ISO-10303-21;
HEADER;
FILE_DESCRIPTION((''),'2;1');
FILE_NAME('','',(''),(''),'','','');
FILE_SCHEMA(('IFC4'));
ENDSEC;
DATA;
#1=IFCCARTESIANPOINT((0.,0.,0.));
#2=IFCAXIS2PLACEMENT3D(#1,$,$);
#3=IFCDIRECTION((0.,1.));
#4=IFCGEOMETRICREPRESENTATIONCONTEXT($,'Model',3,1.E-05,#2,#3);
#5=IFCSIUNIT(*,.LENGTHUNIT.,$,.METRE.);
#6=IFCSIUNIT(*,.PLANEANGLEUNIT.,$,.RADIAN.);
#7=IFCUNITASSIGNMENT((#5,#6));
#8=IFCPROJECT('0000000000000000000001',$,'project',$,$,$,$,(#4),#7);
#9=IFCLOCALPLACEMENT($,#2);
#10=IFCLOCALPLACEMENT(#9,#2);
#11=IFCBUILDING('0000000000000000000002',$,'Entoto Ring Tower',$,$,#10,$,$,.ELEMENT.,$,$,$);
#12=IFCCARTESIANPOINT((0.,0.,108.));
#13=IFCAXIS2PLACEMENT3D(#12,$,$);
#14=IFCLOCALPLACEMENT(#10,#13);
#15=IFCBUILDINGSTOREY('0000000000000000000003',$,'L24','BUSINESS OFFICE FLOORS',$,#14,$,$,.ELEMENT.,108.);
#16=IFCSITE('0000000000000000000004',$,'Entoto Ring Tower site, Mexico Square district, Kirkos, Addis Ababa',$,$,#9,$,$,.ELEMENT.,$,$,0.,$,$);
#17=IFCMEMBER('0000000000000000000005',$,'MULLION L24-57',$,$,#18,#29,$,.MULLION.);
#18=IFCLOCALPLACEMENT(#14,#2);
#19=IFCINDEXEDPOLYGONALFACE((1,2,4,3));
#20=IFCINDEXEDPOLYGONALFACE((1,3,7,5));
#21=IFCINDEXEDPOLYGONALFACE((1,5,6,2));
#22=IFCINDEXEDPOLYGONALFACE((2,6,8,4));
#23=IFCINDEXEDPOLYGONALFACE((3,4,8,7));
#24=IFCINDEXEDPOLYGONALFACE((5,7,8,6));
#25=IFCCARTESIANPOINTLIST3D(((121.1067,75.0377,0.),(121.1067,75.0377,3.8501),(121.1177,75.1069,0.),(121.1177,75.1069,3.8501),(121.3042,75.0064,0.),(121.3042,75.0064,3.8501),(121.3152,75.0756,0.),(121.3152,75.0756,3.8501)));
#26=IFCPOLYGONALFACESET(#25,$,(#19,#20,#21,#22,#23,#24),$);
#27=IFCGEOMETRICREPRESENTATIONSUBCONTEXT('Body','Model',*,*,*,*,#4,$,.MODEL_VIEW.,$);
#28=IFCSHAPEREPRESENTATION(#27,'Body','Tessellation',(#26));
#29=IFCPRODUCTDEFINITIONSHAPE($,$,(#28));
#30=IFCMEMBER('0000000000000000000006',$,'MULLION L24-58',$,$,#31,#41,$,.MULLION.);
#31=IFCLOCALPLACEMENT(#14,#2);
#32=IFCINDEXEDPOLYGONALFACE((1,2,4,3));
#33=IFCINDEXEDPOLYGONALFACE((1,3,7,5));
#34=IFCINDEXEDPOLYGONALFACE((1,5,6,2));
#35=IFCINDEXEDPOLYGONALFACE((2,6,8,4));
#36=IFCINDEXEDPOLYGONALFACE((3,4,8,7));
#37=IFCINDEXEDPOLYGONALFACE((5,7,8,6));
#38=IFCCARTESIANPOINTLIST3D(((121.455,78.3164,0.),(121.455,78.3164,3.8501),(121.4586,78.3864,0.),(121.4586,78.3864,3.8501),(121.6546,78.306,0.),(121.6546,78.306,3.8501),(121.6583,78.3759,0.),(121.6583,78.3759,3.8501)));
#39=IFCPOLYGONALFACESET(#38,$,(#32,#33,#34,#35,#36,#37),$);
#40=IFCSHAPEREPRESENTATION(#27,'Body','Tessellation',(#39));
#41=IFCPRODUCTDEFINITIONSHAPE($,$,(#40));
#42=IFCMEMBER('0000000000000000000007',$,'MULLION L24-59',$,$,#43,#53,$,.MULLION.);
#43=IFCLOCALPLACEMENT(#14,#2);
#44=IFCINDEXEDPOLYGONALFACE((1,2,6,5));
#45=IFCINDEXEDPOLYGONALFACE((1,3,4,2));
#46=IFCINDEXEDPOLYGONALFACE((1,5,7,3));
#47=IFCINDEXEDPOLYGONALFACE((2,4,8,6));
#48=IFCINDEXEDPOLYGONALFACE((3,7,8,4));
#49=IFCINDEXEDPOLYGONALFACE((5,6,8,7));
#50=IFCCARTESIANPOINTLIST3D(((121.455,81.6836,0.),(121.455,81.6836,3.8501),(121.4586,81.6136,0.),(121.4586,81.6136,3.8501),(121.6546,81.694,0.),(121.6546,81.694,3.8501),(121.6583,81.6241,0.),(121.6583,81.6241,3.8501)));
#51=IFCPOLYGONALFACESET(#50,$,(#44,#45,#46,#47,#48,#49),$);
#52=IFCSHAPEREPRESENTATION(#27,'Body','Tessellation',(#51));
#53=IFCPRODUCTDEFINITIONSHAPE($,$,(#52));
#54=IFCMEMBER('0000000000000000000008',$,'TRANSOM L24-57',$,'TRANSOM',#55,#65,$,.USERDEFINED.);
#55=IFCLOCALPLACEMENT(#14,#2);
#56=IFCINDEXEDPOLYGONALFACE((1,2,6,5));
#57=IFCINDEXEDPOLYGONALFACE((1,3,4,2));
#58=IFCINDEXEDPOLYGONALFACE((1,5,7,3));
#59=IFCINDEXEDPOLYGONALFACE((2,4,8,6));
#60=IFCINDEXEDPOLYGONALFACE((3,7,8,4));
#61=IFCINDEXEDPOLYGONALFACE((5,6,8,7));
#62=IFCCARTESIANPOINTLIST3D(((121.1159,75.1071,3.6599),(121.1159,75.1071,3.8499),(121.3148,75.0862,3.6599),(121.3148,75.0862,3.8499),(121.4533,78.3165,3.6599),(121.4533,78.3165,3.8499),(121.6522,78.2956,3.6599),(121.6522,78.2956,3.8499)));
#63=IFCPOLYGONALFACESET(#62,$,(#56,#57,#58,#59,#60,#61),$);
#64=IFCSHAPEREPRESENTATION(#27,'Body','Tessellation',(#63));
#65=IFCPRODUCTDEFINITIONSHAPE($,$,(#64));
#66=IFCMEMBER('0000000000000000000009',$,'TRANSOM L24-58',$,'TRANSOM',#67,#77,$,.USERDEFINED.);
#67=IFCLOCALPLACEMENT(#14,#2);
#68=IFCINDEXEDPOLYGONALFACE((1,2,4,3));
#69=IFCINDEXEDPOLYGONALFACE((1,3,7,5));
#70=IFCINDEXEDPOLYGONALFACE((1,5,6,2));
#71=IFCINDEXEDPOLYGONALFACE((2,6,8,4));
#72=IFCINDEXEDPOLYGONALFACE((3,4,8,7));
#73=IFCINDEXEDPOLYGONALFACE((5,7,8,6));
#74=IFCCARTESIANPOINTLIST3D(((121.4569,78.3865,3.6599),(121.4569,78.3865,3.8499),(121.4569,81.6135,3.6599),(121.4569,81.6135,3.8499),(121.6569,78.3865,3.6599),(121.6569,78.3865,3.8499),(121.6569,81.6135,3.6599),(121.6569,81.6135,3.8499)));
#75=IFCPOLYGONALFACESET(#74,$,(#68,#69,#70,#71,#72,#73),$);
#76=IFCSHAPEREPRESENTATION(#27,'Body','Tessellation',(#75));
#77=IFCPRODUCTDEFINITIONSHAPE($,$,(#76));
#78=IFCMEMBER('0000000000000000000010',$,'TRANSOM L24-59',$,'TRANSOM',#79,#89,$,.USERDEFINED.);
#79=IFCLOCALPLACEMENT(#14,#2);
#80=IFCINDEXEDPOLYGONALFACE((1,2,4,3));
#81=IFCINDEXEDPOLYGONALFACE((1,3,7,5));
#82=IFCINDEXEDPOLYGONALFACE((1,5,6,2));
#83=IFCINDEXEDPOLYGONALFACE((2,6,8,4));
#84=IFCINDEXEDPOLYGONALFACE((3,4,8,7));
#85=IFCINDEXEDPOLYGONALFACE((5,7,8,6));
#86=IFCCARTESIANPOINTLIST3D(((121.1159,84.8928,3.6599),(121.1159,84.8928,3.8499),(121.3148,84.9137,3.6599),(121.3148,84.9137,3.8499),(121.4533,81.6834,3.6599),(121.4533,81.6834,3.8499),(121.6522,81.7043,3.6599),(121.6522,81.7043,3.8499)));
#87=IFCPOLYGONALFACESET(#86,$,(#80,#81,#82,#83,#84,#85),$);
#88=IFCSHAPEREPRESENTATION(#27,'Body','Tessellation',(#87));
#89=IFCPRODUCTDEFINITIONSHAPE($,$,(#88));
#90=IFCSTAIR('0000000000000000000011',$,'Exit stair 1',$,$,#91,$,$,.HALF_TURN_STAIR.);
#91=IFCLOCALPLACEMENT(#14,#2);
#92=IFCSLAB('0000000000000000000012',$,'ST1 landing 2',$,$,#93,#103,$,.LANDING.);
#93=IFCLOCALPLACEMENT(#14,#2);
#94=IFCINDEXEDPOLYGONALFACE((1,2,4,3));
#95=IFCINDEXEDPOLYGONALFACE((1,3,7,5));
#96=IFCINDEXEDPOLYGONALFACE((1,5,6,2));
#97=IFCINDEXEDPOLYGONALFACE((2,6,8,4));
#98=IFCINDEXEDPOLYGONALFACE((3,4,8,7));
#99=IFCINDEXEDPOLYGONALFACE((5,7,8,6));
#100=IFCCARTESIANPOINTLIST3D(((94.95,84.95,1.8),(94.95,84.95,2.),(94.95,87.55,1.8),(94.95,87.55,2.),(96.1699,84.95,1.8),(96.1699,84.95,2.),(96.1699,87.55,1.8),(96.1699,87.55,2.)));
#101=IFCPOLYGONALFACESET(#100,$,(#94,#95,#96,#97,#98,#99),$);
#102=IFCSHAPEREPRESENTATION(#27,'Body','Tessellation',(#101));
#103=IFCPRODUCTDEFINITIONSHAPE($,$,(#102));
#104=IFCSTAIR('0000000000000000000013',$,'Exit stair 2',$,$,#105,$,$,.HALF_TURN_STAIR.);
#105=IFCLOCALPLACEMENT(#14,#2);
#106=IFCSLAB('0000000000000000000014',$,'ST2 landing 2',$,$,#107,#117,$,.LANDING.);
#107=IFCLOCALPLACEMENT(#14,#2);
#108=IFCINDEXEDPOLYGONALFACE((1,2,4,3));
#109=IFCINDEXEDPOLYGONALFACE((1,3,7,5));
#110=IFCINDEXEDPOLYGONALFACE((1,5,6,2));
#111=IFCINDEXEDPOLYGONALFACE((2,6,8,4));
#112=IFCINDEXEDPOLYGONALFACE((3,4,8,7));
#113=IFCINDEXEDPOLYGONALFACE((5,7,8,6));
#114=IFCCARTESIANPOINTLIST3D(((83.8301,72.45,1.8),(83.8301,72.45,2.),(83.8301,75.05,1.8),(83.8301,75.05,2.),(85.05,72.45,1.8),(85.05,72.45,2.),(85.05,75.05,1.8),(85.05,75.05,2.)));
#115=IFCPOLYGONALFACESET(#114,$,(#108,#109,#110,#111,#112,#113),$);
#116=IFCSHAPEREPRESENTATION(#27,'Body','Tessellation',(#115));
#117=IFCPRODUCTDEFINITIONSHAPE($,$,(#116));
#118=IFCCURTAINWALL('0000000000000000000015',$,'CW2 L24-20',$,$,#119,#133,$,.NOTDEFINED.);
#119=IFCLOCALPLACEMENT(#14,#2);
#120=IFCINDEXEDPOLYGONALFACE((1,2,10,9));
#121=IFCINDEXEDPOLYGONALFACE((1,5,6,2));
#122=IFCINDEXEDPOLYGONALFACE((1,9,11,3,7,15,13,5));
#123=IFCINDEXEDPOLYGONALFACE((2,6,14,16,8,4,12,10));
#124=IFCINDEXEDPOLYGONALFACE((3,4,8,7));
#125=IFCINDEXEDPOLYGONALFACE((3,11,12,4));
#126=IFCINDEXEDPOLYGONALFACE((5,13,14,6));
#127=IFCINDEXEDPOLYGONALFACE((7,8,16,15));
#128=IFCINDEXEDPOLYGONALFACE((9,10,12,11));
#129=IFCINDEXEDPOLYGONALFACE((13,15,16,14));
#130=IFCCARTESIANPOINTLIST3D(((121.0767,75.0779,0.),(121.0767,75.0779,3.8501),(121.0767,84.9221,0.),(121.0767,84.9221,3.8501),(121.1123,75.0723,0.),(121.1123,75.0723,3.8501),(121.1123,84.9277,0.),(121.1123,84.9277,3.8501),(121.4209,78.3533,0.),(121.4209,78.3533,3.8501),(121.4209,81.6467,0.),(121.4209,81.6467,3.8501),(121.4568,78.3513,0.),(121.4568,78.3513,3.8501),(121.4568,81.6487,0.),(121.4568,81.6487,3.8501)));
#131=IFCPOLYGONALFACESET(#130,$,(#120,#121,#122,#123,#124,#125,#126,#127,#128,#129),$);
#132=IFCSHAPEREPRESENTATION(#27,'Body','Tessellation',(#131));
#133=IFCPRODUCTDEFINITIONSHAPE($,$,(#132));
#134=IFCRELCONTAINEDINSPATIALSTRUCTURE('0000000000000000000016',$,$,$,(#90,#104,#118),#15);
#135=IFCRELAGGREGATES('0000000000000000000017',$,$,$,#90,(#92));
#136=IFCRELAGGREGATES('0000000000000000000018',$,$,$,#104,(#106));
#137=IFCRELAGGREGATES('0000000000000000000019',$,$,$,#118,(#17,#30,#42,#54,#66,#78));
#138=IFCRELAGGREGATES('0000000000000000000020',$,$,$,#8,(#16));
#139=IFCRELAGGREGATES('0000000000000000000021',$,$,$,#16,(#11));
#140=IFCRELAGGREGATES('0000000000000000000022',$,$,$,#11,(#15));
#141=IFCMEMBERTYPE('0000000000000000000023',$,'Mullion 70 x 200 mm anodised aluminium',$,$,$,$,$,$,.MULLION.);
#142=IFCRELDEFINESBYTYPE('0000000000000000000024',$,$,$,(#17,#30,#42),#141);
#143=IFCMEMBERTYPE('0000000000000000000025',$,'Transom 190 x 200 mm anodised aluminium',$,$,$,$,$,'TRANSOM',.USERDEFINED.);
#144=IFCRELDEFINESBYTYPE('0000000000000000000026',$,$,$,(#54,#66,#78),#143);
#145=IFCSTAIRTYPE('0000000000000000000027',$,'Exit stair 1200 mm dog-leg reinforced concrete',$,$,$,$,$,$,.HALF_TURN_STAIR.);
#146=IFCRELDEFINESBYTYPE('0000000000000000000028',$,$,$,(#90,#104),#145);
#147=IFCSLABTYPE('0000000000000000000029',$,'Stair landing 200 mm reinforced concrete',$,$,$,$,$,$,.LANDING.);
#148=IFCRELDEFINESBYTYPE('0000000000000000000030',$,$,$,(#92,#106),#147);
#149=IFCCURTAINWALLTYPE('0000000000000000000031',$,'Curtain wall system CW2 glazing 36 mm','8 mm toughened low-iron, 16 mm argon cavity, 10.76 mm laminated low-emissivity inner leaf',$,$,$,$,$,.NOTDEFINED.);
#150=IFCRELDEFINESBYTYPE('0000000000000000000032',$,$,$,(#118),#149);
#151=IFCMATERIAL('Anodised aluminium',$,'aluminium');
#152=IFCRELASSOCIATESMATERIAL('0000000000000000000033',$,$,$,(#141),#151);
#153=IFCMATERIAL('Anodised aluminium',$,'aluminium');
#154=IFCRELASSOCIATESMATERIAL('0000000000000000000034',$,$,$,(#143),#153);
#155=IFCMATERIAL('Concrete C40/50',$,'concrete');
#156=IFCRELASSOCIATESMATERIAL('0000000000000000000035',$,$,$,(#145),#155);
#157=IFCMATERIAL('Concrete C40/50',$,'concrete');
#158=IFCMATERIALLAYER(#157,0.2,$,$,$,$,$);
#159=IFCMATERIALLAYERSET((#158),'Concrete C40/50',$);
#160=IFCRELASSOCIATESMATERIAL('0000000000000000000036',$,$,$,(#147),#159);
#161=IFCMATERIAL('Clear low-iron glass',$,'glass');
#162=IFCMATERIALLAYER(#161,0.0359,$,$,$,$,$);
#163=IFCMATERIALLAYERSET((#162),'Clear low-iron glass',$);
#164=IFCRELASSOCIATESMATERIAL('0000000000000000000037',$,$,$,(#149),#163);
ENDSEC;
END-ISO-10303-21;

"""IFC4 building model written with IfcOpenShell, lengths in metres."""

from ifc_helpers import new_model, si_unit, direction, frame, origin, origin_2d, place, context, subcontext, project, spatial, polyline, rectangle, outline, extrude, material, layer, layer_set, material_profile, profile_set, type_object, element, aggregate, save


model = new_model("IFC4")

# Units and contexts
model_context = context("Model", 3, precision=1e-05, world=origin(), true_north=direction((0.0, 1.0)))
body_context = subcontext(model_context, "Body", "Model", "MODEL_VIEW")
ifc_project = project(units=[si_unit("LENGTHUNIT", "METRE"), si_unit("PLANEANGLEUNIT", "RADIAN")], contexts=[model_context])

# Members
ifc_material_1 = material(Name="Anodised aluminium", Category="aluminium")
ifc_material_profile_1 = material_profile(ifc_material_1, rectangle(XDim=0.0701, YDim=0.2, at=origin_2d()), Name="Mullion 70 x 200 mm anodised aluminium")
ifc_profile_set_1 = profile_set([ifc_material_profile_1], Name="Anodised aluminium")
member_type_1 = type_object("IfcMemberType", Name="Mullion 70 x 200 mm anodised aluminium", PredefinedType="MULLION", material=ifc_profile_set_1)
site_placement = place(None, origin())
building_placement = place(site_placement, origin())
storey_placement = place(building_placement, frame((0.0, 0.0, 108.0)))
member_1_placement = place(storey_placement, frame((121.2109, 75.0566, 0.0), z_axis=(0.0, 0.0, 1.0), x_axis=(0.156434, 0.987688, 0.0)))
member_1 = element("IfcMember", 1, at=member_1_placement, type_object=member_type_1, Name="MULLION L24-57", PredefinedType="MULLION", context=body_context, shape_type="SweptSolid", body=[
    extrude(rectangle(XDim=0.0701, YDim=0.2, at=origin_2d()), origin(), (0.0, 0.0, 1.0), 3.8501),
])
member_2_placement = place(storey_placement, frame((121.5566, 78.3462, 0.0), z_axis=(0.0, 0.0, 1.0), x_axis=(0.052336, 0.99863, 0.0)))
member_2 = element("IfcMember", 2, at=member_2_placement, type_object=member_type_1, Name="MULLION L24-58", PredefinedType="MULLION", context=body_context, shape_type="SweptSolid", body=[
    extrude(rectangle(XDim=0.0701, YDim=0.2, at=origin_2d()), origin(), (0.0, 0.0, 1.0), 3.8501),
])
member_3_placement = place(storey_placement, frame((121.5566, 81.6538, 0.0), z_axis=(0.0, 0.0, 1.0), x_axis=(-0.052336, 0.99863, 0.0)))
member_3 = element("IfcMember", 3, at=member_3_placement, type_object=member_type_1, Name="MULLION L24-59", PredefinedType="MULLION", context=body_context, shape_type="SweptSolid", body=[
    extrude(rectangle(XDim=0.0701, YDim=0.2, at=origin_2d()), origin(), (0.0, 0.0, 1.0), 3.8501),
])
ifc_material_2 = material(Name="Anodised aluminium", Category="aluminium")
ifc_material_profile_2 = material_profile(ifc_material_2, rectangle(XDim=0.2, YDim=0.1899, at=origin_2d()), Name="Transom 190 x 200 mm anodised aluminium")
ifc_profile_set_2 = profile_set([ifc_material_profile_2], Name="Anodised aluminium")
member_type_2 = type_object("IfcMemberType", Name="Transom 190 x 200 mm anodised aluminium", ElementType="TRANSOM", PredefinedType="USERDEFINED", material=ifc_profile_set_2)
member_4_placement = place(storey_placement, frame((121.2153, 75.0967, 3.7549), z_axis=(0.104551, 0.99452, 0.0), x_axis=(-0.99452, 0.104551, 0.0)))
member_4 = element("IfcMember", 4, at=member_4_placement, type_object=member_type_2, Name="TRANSOM L24-57", ObjectType="TRANSOM", PredefinedType="USERDEFINED", context=body_context, shape_type="SweptSolid", body=[
    extrude(rectangle(XDim=0.2, YDim=0.1899, at=origin_2d()), origin(), (0.0, 0.0, 1.0), 3.2271),
])
member_5_placement = place(storey_placement, frame((121.5569, 78.3865, 3.7549), z_axis=(0.0, 1.0, 0.0), x_axis=(-1.0, 0.0, 0.0)))
member_5 = element("IfcMember", 5, at=member_5_placement, type_object=member_type_2, Name="TRANSOM L24-58", ObjectType="TRANSOM", PredefinedType="USERDEFINED", context=body_context, shape_type="SweptSolid", body=[
    extrude(rectangle(XDim=0.2, YDim=0.1899, at=origin_2d()), origin(), (0.0, 0.0, 1.0), 3.2271),
])
member_6_placement = place(storey_placement, frame((121.5527, 81.6938, 3.7549), z_axis=(-0.104551, 0.99452, 0.0), x_axis=(-0.99452, -0.104551, 0.0)))
member_6 = element("IfcMember", 6, at=member_6_placement, type_object=member_type_2, Name="TRANSOM L24-59", ObjectType="TRANSOM", PredefinedType="USERDEFINED", context=body_context, shape_type="SweptSolid", body=[
    extrude(rectangle(XDim=0.2, YDim=0.1899, at=origin_2d()), origin(), (0.0, 0.0, 1.0), 3.2271),
])

# Site, building, storey
site = spatial("IfcSite", under=ifc_project, at=site_placement, Name="Entoto Ring Tower site, Mexico Square district, Kirkos, Addis Ababa", CompositionType="ELEMENT", RefElevation=0.0)
building = spatial("IfcBuilding", under=site, at=building_placement, Name="Entoto Ring Tower", CompositionType="ELEMENT")
storey = spatial("IfcBuildingStorey", under=building, at=storey_placement, Name="L24", Description="BUSINESS OFFICE FLOORS", CompositionType="ELEMENT", Elevation=108.0)

# Stairs, slabs
ifc_material_3 = material(Name="Concrete C40/50", Category="concrete")
stair_type = type_object("IfcStairType", Name="Exit stair 1200 mm dog-leg reinforced concrete", PredefinedType="HALF_TURN_STAIR", material=ifc_material_3)
stair_1_placement = place(storey_placement, origin())
stair_1 = element("IfcStair", 7, at=stair_1_placement, inside=storey, type_object=stair_type, Name="Exit stair 1", PredefinedType="HALF_TURN_STAIR")
ifc_material_4 = material(Name="Concrete C40/50", Category="concrete")
ifc_layer_1 = layer(ifc_material_4, 0.2)
ifc_layer_set_1 = layer_set([ifc_layer_1], Name="Concrete C40/50")
slab_type = type_object("IfcSlabType", Name="Stair landing 200 mm reinforced concrete", PredefinedType="LANDING", material=ifc_layer_set_1)
slab_1_placement = place(storey_placement, frame((0.0, 0.0, 1.8)))
slab_1 = element("IfcSlab", 8, at=slab_1_placement, type_object=slab_type, Name="ST1 landing 2", PredefinedType="LANDING", context=body_context, shape_type="SweptSolid", body=[
    extrude(outline(polyline([(94.95, 84.95), (96.1699, 84.95), (96.1699, 87.55), (94.95, 87.55), (94.95, 84.95)])), origin(), (0.0, 0.0, 1.0), 0.2),
])
aggregate(stair_1, [slab_1])
stair_2_placement = place(storey_placement, origin())
stair_2 = element("IfcStair", 9, at=stair_2_placement, inside=storey, type_object=stair_type, Name="Exit stair 2", PredefinedType="HALF_TURN_STAIR")
slab_2_placement = place(storey_placement, frame((0.0, 0.0, 1.8)))
slab_2 = element("IfcSlab", 10, at=slab_2_placement, type_object=slab_type, Name="ST2 landing 2", PredefinedType="LANDING", context=body_context, shape_type="SweptSolid", body=[
    extrude(outline(polyline([(83.8301, 72.45), (85.05, 72.45), (85.05, 75.05), (83.8301, 75.05), (83.8301, 72.45)])), origin(), (0.0, 0.0, 1.0), 0.2),
])
aggregate(stair_2, [slab_2])

# Curtain wall
ifc_material_5 = material(Name="Clear low-iron glass", Category="glass")
ifc_layer_2 = layer(ifc_material_5, 0.0359)
ifc_layer_set_2 = layer_set([ifc_layer_2], Name="Clear low-iron glass")
curtain_wall_type = type_object("IfcCurtainWallType", Name="Curtain wall system CW2 glazing 36 mm", Description="8 mm toughened low-iron, 16 mm argon cavity, 10.76 mm laminated low-emissivity inner leaf", PredefinedType="NOTDEFINED", material=ifc_layer_set_2)
curtain_wall_1_placement = place(storey_placement, origin())
curtain_wall_1 = element("IfcCurtainWall", 11, at=curtain_wall_1_placement, inside=storey, type_object=curtain_wall_type, Name="CW2 L24-20", PredefinedType="NOTDEFINED", context=body_context, shape_type="SweptSolid", body=[
    extrude(outline(polyline([(121.1123, 75.0723), (121.4568, 78.3513), (121.4568, 81.6487), (121.1123, 84.9277), (121.0767, 84.9221), (121.4209, 81.6467), (121.4209, 78.3533), (121.0767, 75.0779), (121.1123, 75.0723)])), origin(), (0.0, 0.0, 1.0), 3.8501),
])
aggregate(curtain_wall_1, [member_1, member_2, member_3, member_4, member_5, member_6])

save(model, "model.ifc")
